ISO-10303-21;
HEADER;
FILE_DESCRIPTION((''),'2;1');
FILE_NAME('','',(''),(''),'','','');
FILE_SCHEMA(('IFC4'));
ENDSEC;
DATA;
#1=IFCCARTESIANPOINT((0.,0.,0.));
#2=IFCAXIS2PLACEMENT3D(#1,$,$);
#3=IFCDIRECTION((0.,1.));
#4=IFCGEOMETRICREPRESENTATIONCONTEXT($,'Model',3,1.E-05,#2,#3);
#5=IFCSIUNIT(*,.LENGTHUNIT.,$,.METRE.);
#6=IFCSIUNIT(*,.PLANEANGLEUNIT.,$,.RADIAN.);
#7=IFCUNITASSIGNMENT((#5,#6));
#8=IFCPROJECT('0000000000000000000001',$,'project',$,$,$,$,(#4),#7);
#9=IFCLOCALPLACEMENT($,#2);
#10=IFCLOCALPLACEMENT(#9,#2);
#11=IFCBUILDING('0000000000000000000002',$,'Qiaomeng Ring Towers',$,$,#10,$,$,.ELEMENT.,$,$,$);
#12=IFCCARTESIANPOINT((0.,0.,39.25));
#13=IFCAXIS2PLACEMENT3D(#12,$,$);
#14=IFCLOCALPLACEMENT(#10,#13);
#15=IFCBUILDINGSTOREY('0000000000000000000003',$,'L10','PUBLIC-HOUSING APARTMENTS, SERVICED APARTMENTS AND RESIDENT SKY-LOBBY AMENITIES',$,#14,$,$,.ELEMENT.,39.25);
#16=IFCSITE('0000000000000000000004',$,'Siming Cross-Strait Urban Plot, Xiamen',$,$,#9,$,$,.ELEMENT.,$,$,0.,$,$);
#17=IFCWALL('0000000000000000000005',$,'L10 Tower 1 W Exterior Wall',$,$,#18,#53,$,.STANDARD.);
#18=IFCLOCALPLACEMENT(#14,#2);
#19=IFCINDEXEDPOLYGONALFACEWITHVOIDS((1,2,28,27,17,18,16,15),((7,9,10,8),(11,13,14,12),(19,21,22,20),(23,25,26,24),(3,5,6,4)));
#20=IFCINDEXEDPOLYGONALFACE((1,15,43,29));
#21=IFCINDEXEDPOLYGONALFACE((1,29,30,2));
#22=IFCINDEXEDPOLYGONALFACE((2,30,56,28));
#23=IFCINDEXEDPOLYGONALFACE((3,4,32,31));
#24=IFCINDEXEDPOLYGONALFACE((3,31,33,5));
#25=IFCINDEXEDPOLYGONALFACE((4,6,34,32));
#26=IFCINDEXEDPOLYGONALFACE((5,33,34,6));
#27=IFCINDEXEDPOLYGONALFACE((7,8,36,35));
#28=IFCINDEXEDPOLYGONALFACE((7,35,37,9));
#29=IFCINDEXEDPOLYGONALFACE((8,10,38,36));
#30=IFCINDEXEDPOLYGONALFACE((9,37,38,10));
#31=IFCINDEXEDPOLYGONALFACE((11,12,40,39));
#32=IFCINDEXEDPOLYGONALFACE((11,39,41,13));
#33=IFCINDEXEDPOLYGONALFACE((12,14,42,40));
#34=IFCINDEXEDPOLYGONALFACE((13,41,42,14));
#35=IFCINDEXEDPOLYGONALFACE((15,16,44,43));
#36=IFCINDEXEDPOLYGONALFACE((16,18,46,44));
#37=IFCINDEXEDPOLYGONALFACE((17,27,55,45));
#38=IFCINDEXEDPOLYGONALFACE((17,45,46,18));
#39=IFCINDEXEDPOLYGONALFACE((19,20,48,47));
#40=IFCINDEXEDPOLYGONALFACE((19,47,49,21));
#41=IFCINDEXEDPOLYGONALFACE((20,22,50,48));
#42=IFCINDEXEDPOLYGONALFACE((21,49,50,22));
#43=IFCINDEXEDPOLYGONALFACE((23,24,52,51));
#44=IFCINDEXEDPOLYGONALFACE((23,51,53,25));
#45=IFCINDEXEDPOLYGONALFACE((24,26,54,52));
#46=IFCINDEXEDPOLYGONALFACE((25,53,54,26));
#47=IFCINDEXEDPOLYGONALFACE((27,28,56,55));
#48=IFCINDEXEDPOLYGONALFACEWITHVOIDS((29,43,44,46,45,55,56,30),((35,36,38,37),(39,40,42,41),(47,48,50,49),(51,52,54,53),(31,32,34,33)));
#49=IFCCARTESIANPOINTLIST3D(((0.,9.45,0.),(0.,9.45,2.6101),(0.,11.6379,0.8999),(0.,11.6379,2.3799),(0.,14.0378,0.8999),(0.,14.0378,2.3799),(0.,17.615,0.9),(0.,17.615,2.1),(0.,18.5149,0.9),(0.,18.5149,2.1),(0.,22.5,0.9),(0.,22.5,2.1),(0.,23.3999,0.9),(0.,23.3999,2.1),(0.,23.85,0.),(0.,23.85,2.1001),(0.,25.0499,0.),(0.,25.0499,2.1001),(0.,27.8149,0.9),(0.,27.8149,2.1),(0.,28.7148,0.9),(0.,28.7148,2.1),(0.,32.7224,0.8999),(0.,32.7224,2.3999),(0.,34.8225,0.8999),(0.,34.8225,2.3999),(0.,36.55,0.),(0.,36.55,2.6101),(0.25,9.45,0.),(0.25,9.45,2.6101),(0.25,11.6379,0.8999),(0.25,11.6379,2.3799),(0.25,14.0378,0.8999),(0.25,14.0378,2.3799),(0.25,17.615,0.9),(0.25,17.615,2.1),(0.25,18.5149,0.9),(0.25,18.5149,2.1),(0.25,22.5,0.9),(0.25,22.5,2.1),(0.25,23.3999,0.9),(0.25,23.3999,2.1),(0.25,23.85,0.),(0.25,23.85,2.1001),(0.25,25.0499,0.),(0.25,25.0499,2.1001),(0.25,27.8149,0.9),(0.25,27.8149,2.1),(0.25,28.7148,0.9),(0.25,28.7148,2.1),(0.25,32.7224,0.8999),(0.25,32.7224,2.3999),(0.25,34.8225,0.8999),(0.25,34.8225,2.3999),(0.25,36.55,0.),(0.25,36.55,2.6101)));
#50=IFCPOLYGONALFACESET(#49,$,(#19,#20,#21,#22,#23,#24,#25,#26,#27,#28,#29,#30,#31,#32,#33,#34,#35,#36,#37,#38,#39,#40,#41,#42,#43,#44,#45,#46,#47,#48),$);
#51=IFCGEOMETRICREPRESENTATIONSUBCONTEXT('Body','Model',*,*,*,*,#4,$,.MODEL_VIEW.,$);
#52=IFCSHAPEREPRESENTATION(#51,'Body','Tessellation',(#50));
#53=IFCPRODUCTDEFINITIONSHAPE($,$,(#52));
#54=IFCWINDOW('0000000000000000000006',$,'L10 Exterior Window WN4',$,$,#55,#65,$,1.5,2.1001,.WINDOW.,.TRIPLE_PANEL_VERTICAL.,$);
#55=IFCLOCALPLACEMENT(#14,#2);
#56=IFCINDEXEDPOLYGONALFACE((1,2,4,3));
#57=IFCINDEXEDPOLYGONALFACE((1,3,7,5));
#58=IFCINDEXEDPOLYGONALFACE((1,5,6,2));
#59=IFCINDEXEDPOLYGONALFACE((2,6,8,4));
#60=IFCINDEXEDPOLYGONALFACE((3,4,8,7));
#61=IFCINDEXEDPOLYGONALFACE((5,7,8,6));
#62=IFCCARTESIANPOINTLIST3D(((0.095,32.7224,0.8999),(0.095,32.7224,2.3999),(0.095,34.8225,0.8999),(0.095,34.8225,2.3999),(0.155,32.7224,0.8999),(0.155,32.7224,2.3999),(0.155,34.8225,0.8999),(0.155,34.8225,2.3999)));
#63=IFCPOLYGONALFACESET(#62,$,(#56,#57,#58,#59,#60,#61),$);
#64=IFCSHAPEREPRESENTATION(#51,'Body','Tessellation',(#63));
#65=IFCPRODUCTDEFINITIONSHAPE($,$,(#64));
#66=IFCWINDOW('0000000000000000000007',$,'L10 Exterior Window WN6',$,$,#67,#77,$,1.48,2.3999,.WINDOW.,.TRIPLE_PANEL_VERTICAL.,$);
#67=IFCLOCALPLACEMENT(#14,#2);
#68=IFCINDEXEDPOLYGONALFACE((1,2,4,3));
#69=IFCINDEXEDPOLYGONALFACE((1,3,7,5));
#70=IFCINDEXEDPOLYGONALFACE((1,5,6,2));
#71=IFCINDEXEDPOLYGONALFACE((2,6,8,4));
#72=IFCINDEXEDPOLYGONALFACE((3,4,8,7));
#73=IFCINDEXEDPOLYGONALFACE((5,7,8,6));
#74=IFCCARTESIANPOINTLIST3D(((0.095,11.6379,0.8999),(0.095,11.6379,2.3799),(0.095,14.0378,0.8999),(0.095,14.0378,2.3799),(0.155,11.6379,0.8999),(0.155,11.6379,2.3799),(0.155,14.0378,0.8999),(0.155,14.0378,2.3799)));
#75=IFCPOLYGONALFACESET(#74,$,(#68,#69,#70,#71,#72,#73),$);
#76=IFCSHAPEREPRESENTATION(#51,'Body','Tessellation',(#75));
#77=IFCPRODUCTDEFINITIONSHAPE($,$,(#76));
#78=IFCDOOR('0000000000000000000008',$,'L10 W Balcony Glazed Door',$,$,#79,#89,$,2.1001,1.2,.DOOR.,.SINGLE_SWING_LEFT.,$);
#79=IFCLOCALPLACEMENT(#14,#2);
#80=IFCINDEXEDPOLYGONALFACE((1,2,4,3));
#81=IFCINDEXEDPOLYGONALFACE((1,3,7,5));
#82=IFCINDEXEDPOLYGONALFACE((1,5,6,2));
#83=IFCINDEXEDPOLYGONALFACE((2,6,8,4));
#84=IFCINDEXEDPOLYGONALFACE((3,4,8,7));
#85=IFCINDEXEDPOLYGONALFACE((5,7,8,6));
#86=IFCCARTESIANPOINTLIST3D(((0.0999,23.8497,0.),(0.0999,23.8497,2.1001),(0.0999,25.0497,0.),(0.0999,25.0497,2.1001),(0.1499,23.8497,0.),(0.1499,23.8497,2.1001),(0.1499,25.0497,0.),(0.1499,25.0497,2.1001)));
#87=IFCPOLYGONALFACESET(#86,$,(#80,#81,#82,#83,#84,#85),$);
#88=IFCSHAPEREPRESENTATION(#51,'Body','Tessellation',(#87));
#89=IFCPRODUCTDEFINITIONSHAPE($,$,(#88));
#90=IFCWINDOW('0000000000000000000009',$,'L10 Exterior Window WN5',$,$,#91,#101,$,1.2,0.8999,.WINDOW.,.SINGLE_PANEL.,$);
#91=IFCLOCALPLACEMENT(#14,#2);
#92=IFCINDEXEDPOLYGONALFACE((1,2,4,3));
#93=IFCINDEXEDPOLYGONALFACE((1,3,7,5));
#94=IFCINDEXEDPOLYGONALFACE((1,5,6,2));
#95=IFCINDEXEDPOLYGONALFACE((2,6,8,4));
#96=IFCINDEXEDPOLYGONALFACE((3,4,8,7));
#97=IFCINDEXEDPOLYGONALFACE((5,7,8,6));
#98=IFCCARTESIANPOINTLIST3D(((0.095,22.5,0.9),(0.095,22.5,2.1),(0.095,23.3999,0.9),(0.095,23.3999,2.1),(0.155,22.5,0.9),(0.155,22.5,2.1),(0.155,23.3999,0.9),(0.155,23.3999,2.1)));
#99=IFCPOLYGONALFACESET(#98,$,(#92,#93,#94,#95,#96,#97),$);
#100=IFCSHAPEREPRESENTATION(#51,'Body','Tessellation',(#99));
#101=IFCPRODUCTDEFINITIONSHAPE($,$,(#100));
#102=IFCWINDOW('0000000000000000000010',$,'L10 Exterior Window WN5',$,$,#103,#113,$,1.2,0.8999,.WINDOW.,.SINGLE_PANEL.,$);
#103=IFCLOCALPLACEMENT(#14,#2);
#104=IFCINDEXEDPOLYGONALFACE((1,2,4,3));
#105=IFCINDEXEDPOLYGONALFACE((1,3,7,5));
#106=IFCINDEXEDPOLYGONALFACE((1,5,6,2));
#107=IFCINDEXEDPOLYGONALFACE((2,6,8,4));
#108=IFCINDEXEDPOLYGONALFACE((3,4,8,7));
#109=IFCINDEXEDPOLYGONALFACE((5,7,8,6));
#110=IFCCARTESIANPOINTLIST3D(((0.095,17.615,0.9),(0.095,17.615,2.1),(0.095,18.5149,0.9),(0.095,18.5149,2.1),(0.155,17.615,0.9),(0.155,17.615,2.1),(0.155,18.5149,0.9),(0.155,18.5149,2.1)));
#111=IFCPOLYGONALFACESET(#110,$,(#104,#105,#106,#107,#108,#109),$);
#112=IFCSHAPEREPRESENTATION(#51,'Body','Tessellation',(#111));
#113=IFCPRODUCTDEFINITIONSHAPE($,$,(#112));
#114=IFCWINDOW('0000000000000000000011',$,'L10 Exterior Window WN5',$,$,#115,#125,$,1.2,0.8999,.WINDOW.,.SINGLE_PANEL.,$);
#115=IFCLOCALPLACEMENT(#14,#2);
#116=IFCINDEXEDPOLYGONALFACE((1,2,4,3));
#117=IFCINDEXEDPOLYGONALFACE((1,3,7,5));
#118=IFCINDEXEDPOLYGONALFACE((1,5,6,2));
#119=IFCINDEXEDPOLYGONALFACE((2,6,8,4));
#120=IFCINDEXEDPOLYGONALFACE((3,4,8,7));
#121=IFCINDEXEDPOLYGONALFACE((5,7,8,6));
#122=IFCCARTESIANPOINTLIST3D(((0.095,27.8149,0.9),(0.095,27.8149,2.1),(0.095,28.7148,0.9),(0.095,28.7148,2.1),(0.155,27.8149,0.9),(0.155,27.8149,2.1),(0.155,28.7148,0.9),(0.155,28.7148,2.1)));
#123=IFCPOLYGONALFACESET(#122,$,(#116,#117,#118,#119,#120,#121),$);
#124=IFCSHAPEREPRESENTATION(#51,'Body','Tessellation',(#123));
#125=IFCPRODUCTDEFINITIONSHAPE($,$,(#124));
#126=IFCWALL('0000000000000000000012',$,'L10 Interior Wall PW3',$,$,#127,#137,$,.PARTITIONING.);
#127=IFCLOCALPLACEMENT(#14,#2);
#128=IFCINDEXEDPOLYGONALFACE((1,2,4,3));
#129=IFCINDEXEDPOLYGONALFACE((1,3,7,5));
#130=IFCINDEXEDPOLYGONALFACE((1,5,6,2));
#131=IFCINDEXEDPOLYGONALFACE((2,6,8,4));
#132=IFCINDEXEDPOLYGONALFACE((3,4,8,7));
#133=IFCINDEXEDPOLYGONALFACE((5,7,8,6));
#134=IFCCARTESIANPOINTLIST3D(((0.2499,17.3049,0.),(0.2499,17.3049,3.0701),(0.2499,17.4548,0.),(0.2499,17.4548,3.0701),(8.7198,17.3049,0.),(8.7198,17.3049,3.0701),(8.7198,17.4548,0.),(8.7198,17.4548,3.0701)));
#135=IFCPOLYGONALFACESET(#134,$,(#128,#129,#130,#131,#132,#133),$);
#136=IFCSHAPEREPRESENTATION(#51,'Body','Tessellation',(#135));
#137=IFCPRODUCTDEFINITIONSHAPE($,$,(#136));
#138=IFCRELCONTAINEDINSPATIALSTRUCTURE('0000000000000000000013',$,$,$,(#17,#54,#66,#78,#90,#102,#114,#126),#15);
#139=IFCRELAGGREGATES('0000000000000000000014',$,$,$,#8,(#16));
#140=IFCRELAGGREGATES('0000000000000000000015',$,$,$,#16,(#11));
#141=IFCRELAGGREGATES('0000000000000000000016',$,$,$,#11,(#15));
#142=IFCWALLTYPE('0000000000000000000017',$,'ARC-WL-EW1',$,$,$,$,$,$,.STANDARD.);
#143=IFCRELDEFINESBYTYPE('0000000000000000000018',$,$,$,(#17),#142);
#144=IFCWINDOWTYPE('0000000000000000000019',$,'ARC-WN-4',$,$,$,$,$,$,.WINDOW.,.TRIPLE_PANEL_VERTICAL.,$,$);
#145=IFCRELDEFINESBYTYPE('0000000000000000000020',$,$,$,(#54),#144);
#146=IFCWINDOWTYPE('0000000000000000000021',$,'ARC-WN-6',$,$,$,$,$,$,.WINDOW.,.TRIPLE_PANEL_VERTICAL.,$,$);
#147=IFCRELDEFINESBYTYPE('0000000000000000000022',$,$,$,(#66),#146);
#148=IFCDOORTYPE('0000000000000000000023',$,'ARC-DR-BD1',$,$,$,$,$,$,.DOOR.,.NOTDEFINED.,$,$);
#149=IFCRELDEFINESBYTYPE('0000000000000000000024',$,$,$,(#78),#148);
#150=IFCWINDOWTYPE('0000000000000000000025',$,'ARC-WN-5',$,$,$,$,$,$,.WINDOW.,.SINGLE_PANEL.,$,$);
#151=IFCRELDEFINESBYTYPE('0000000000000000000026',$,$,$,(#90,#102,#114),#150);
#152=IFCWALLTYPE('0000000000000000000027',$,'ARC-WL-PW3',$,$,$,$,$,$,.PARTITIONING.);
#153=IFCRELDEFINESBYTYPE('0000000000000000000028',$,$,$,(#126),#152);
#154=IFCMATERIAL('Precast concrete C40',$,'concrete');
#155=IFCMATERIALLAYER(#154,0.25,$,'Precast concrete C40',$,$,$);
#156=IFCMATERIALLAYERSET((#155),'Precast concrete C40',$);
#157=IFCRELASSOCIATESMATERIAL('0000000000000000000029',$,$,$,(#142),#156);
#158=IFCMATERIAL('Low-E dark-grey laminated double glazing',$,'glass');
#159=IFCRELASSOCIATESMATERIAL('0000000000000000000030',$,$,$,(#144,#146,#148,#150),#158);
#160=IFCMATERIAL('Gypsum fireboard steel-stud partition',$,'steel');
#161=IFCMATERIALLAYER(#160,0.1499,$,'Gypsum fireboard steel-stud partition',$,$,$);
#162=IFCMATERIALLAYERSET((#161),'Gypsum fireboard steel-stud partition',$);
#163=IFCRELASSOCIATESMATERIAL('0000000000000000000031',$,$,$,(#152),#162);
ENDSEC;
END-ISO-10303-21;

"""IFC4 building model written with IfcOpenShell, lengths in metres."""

from ifc_helpers import new_model, si_unit, direction, frame, frame_2d, origin, place, context, subcontext, project, spatial, rectangle, extrude, source, transform, mapped, material, layer, layer_set, type_object, element, fill, save


model = new_model("IFC4")

# Units and contexts
model_context = context("Model", 3, precision=1e-05, world=origin(), true_north=direction((0.0, 1.0)))
body_context = subcontext(model_context, "Body", "Model", "MODEL_VIEW")
ifc_project = project(units=[si_unit("LENGTHUNIT", "METRE"), si_unit("PLANEANGLEUNIT", "RADIAN")], contexts=[model_context])

# Site, building, storey
site_placement = place(None, origin())
site = spatial("IfcSite", under=ifc_project, at=site_placement, Name="Siming Cross-Strait Urban Plot, Xiamen", CompositionType="ELEMENT", RefElevation=0.0)
building_placement = place(site_placement, origin())
building = spatial("IfcBuilding", under=site, at=building_placement, Name="Qiaomeng Ring Towers", CompositionType="ELEMENT")
storey_placement = place(building_placement, frame((0.0, 0.0, 39.25)))
storey = spatial("IfcBuildingStorey", under=building, at=storey_placement, Name="L10", Description="PUBLIC-HOUSING APARTMENTS, SERVICED APARTMENTS AND RESIDENT SKY-LOBBY AMENITIES", CompositionType="ELEMENT", Elevation=39.25)

# Wall, openings, windows, door
ifc_material_1 = material(Name="Precast concrete C40", Category="concrete")
ifc_layer_1 = layer(ifc_material_1, 0.25, Name="Precast concrete C40")
ifc_layer_set_1 = layer_set([ifc_layer_1], Name="Precast concrete C40")
wall_type_1 = type_object("IfcWallType", Name="ARC-WL-EW1", PredefinedType="STANDARD", material=ifc_layer_set_1)
wall_1_placement = place(storey_placement, frame((0.125, 9.45, 0.0), z_axis=(0.0, 0.0, 1.0), x_axis=(0.0, 1.0, 0.0)))
wall_1 = element("IfcWall", 1, at=wall_1_placement, inside=storey, type_object=wall_type_1, Name="L10 Tower 1 W Exterior Wall", PredefinedType="STANDARD", context=body_context, shape_type="SweptSolid", body=[
    extrude(rectangle(XDim=27.1001, YDim=0.25, at=frame_2d((13.55, 0.0))), origin(), (0.0, 0.0, 1.0), 2.6101),
])
opening_1_placement = place(wall_1_placement, frame((14.3999, 0.0, 0.0)))
opening_1 = element("IfcOpeningElement", 2, at=opening_1_placement, cuts=wall_1, PredefinedType="OPENING", context=body_context, shape_type="SweptSolid", body=[
    extrude(rectangle(XDim=1.2, YDim=2.1001, at=frame_2d((0.6001, 1.05))), frame((0.0, 0.135, 0.0), z_axis=(0.0, -1.0, 0.0), x_axis=(1.0, 0.0, 0.0)), (0.0, 0.0, 1.0), 0.27),
])
opening_2_placement = place(wall_1_placement, frame((2.188, 0.0, 0.8999)))
opening_2 = element("IfcOpeningElement", 3, at=opening_2_placement, cuts=wall_1, PredefinedType="OPENING", context=body_context, shape_type="SweptSolid", body=[
    extrude(rectangle(XDim=2.3999, YDim=1.48, at=frame_2d((1.2, 0.74))), frame((0.0, 0.135, 0.0), z_axis=(0.0, -1.0, 0.0), x_axis=(1.0, 0.0, 0.0)), (0.0, 0.0, 1.0), 0.27),
])
opening_3_placement = place(wall_1_placement, frame((23.2725, 0.0, 0.8999)))
opening_3 = element("IfcOpeningElement", 4, at=opening_3_placement, cuts=wall_1, PredefinedType="OPENING", context=body_context, shape_type="SweptSolid", body=[
    extrude(rectangle(XDim=2.1001, YDim=1.5, at=frame_2d((1.05, 0.75))), frame((0.0, 0.135, 0.0), z_axis=(0.0, -1.0, 0.0), x_axis=(1.0, 0.0, 0.0)), (0.0, 0.0, 1.0), 0.27),
])
opening_4_placement = place(wall_1_placement, frame((13.05, 0.0, 0.8999)))
opening_4 = element("IfcOpeningElement", 5, at=opening_4_placement, cuts=wall_1, PredefinedType="OPENING", context=body_context, shape_type="SweptSolid", body=[
    extrude(rectangle(XDim=0.8999, YDim=1.2, at=frame_2d((0.45, 0.6001))), frame((0.0, 0.135, 0.0), z_axis=(0.0, -1.0, 0.0), x_axis=(1.0, 0.0, 0.0)), (0.0, 0.0, 1.0), 0.27),
])
opening_5_placement = place(wall_1_placement, frame((8.165, 0.0, 0.8999)))
opening_5 = element("IfcOpeningElement", 6, at=opening_5_placement, cuts=wall_1, PredefinedType="OPENING", context=body_context, shape_type="SweptSolid", body=[
    extrude(rectangle(XDim=0.8999, YDim=1.2, at=frame_2d((0.45, 0.6001))), frame((0.0, 0.135, 0.0), z_axis=(0.0, -1.0, 0.0), x_axis=(1.0, 0.0, 0.0)), (0.0, 0.0, 1.0), 0.27),
])
opening_6_placement = place(wall_1_placement, frame((18.365, 0.0, 0.8999)))
opening_6 = element("IfcOpeningElement", 7, at=opening_6_placement, cuts=wall_1, PredefinedType="OPENING", context=body_context, shape_type="SweptSolid", body=[
    extrude(rectangle(XDim=0.8999, YDim=1.2, at=frame_2d((0.45, 0.6001))), frame((0.0, 0.135, 0.0), z_axis=(0.0, -1.0, 0.0), x_axis=(1.0, 0.0, 0.0)), (0.0, 0.0, 1.0), 0.27),
])
ifc_material_2 = material(Name="Low-E dark-grey laminated double glazing", Category="glass")
window_type_1 = type_object("IfcWindowType", Name="ARC-WN-4", PartitioningType="TRIPLE_PANEL_VERTICAL", PredefinedType="WINDOW", material=ifc_material_2)
shared_shape_1 = source(origin(), body_context, "Body", "SweptSolid", [
    extrude(rectangle(XDim=2.1001, YDim=1.5, at=frame_2d((1.05, 0.75))), frame((0.0, 0.03, 0.0), z_axis=(0.0, -1.0, 0.0), x_axis=(1.0, 0.0, 0.0)), (0.0, 0.0, 1.0), 0.0601),
])
window_1_placement = place(opening_3_placement, origin())
window_1 = element("IfcWindow", 8, at=window_1_placement, inside=storey, type_object=window_type_1, Name="L10 Exterior Window WN4", OverallHeight=1.5, OverallWidth=2.1001, PartitioningType="TRIPLE_PANEL_VERTICAL", PredefinedType="WINDOW", context=body_context, shape_type="MappedRepresentation", body=[
    mapped(shared_shape_1, transform((0.0, 0.0, 0.0), x_axis=(1.0, 0.0, 0.0), y_axis=(0.0, 1.0, 0.0), z_axis=(0.0, 0.0, 1.0), scale=1.0)),
])
fill(opening_3, window_1)
window_type_2 = type_object("IfcWindowType", Name="ARC-WN-6", PartitioningType="TRIPLE_PANEL_VERTICAL", PredefinedType="WINDOW", material=ifc_material_2)
shared_shape_2 = source(origin(), body_context, "Body", "SweptSolid", [
    extrude(rectangle(XDim=2.3999, YDim=1.48, at=frame_2d((1.2, 0.74))), frame((0.0, 0.03, 0.0), z_axis=(0.0, -1.0, 0.0), x_axis=(1.0, 0.0, 0.0)), (0.0, 0.0, 1.0), 0.0601),
])
window_2_placement = place(opening_2_placement, origin())
window_2 = element("IfcWindow", 9, at=window_2_placement, inside=storey, type_object=window_type_2, Name="L10 Exterior Window WN6", OverallHeight=1.48, OverallWidth=2.3999, PartitioningType="TRIPLE_PANEL_VERTICAL", PredefinedType="WINDOW", context=body_context, shape_type="MappedRepresentation", body=[
    mapped(shared_shape_2, transform((0.0, 0.0, 0.0), x_axis=(1.0, 0.0, 0.0), y_axis=(0.0, 1.0, 0.0), z_axis=(0.0, 0.0, 1.0), scale=1.0)),
])
fill(opening_2, window_2)
door_type = type_object("IfcDoorType", Name="ARC-DR-BD1", OperationType="NOTDEFINED", PredefinedType="DOOR", material=ifc_material_2)
shared_shape_3 = source(origin(), body_context, "Body", "SweptSolid", [
    extrude(rectangle(XDim=1.2, YDim=2.1001, at=frame_2d((0.6001, 1.05))), frame((0.0, 0.0249, 0.0), z_axis=(0.0, -1.0, 0.0), x_axis=(1.0, 0.0, 0.0)), (0.0, 0.0, 1.0), 0.05),
])
door_placement = place(opening_1_placement, frame((1.2, 0.0, 0.0), z_axis=(0.0, 0.0, 1.0), x_axis=(-1.0, 0.0, 0.0)))
door = element("IfcDoor", 10, at=door_placement, inside=storey, type_object=door_type, Name="L10 W Balcony Glazed Door", OperationType="SINGLE_SWING_LEFT", OverallHeight=2.1001, OverallWidth=1.2, PredefinedType="DOOR", context=body_context, shape_type="MappedRepresentation", body=[
    mapped(shared_shape_3, transform((0.0, 0.0, 0.0), x_axis=(1.0, 0.0, 0.0), y_axis=(0.0, 1.0, 0.0), z_axis=(0.0, 0.0, 1.0), scale=1.0)),
])
fill(opening_1, door)
window_type_3 = type_object("IfcWindowType", Name="ARC-WN-5", PartitioningType="SINGLE_PANEL", PredefinedType="WINDOW", material=ifc_material_2)
shared_shape_4 = source(origin(), body_context, "Body", "SweptSolid", [
    extrude(rectangle(XDim=0.8999, YDim=1.2, at=frame_2d((0.45, 0.6001))), frame((0.0, 0.03, 0.0), z_axis=(0.0, -1.0, 0.0), x_axis=(1.0, 0.0, 0.0)), (0.0, 0.0, 1.0), 0.0601),
])
window_3_placement = place(opening_4_placement, origin())
window_3 = element("IfcWindow", 11, at=window_3_placement, inside=storey, type_object=window_type_3, Name="L10 Exterior Window WN5", OverallHeight=1.2, OverallWidth=0.8999, PartitioningType="SINGLE_PANEL", PredefinedType="WINDOW", context=body_context, shape_type="MappedRepresentation", body=[
    mapped(shared_shape_4, transform((0.0, 0.0, 0.0), x_axis=(1.0, 0.0, 0.0), y_axis=(0.0, 1.0, 0.0), z_axis=(0.0, 0.0, 1.0), scale=1.0)),
])
fill(opening_4, window_3)
window_4_placement = place(opening_5_placement, origin())
window_4 = element("IfcWindow", 12, at=window_4_placement, inside=storey, type_object=window_type_3, Name="L10 Exterior Window WN5", OverallHeight=1.2, OverallWidth=0.8999, PartitioningType="SINGLE_PANEL", PredefinedType="WINDOW", context=body_context, shape_type="MappedRepresentation", body=[
    mapped(shared_shape_4, transform((0.0, 0.0, 0.0), x_axis=(1.0, 0.0, 0.0), y_axis=(0.0, 1.0, 0.0), z_axis=(0.0, 0.0, 1.0), scale=1.0)),
])
fill(opening_5, window_4)
window_5_placement = place(opening_6_placement, origin())
window_5 = element("IfcWindow", 13, at=window_5_placement, inside=storey, type_object=window_type_3, Name="L10 Exterior Window WN5", OverallHeight=1.2, OverallWidth=0.8999, PartitioningType="SINGLE_PANEL", PredefinedType="WINDOW", context=body_context, shape_type="MappedRepresentation", body=[
    mapped(shared_shape_4, transform((0.0, 0.0, 0.0), x_axis=(1.0, 0.0, 0.0), y_axis=(0.0, 1.0, 0.0), z_axis=(0.0, 0.0, 1.0), scale=1.0)),
])
fill(opening_6, window_5)

# Wall
ifc_material_3 = material(Name="Gypsum fireboard steel-stud partition", Category="steel")
ifc_layer_2 = layer(ifc_material_3, 0.1499, Name="Gypsum fireboard steel-stud partition")
ifc_layer_set_2 = layer_set([ifc_layer_2], Name="Gypsum fireboard steel-stud partition")
wall_type_2 = type_object("IfcWallType", Name="ARC-WL-PW3", PredefinedType="PARTITIONING", material=ifc_layer_set_2)
wall_2_placement = place(storey_placement, frame((0.25, 17.3799, 0.0), z_axis=(0.0, 0.0, 1.0), x_axis=(1.0, 0.0, 0.0)))
element("IfcWall", 14, at=wall_2_placement, inside=storey, type_object=wall_type_2, Name="L10 Interior Wall PW3", PredefinedType="PARTITIONING", context=body_context, shape_type="SweptSolid", body=[
    extrude(rectangle(XDim=8.47, YDim=0.1499, at=frame_2d((4.2349, 0.0))), origin(), (0.0, 0.0, 1.0), 3.0701),
])

save(model, "model.ifc")
